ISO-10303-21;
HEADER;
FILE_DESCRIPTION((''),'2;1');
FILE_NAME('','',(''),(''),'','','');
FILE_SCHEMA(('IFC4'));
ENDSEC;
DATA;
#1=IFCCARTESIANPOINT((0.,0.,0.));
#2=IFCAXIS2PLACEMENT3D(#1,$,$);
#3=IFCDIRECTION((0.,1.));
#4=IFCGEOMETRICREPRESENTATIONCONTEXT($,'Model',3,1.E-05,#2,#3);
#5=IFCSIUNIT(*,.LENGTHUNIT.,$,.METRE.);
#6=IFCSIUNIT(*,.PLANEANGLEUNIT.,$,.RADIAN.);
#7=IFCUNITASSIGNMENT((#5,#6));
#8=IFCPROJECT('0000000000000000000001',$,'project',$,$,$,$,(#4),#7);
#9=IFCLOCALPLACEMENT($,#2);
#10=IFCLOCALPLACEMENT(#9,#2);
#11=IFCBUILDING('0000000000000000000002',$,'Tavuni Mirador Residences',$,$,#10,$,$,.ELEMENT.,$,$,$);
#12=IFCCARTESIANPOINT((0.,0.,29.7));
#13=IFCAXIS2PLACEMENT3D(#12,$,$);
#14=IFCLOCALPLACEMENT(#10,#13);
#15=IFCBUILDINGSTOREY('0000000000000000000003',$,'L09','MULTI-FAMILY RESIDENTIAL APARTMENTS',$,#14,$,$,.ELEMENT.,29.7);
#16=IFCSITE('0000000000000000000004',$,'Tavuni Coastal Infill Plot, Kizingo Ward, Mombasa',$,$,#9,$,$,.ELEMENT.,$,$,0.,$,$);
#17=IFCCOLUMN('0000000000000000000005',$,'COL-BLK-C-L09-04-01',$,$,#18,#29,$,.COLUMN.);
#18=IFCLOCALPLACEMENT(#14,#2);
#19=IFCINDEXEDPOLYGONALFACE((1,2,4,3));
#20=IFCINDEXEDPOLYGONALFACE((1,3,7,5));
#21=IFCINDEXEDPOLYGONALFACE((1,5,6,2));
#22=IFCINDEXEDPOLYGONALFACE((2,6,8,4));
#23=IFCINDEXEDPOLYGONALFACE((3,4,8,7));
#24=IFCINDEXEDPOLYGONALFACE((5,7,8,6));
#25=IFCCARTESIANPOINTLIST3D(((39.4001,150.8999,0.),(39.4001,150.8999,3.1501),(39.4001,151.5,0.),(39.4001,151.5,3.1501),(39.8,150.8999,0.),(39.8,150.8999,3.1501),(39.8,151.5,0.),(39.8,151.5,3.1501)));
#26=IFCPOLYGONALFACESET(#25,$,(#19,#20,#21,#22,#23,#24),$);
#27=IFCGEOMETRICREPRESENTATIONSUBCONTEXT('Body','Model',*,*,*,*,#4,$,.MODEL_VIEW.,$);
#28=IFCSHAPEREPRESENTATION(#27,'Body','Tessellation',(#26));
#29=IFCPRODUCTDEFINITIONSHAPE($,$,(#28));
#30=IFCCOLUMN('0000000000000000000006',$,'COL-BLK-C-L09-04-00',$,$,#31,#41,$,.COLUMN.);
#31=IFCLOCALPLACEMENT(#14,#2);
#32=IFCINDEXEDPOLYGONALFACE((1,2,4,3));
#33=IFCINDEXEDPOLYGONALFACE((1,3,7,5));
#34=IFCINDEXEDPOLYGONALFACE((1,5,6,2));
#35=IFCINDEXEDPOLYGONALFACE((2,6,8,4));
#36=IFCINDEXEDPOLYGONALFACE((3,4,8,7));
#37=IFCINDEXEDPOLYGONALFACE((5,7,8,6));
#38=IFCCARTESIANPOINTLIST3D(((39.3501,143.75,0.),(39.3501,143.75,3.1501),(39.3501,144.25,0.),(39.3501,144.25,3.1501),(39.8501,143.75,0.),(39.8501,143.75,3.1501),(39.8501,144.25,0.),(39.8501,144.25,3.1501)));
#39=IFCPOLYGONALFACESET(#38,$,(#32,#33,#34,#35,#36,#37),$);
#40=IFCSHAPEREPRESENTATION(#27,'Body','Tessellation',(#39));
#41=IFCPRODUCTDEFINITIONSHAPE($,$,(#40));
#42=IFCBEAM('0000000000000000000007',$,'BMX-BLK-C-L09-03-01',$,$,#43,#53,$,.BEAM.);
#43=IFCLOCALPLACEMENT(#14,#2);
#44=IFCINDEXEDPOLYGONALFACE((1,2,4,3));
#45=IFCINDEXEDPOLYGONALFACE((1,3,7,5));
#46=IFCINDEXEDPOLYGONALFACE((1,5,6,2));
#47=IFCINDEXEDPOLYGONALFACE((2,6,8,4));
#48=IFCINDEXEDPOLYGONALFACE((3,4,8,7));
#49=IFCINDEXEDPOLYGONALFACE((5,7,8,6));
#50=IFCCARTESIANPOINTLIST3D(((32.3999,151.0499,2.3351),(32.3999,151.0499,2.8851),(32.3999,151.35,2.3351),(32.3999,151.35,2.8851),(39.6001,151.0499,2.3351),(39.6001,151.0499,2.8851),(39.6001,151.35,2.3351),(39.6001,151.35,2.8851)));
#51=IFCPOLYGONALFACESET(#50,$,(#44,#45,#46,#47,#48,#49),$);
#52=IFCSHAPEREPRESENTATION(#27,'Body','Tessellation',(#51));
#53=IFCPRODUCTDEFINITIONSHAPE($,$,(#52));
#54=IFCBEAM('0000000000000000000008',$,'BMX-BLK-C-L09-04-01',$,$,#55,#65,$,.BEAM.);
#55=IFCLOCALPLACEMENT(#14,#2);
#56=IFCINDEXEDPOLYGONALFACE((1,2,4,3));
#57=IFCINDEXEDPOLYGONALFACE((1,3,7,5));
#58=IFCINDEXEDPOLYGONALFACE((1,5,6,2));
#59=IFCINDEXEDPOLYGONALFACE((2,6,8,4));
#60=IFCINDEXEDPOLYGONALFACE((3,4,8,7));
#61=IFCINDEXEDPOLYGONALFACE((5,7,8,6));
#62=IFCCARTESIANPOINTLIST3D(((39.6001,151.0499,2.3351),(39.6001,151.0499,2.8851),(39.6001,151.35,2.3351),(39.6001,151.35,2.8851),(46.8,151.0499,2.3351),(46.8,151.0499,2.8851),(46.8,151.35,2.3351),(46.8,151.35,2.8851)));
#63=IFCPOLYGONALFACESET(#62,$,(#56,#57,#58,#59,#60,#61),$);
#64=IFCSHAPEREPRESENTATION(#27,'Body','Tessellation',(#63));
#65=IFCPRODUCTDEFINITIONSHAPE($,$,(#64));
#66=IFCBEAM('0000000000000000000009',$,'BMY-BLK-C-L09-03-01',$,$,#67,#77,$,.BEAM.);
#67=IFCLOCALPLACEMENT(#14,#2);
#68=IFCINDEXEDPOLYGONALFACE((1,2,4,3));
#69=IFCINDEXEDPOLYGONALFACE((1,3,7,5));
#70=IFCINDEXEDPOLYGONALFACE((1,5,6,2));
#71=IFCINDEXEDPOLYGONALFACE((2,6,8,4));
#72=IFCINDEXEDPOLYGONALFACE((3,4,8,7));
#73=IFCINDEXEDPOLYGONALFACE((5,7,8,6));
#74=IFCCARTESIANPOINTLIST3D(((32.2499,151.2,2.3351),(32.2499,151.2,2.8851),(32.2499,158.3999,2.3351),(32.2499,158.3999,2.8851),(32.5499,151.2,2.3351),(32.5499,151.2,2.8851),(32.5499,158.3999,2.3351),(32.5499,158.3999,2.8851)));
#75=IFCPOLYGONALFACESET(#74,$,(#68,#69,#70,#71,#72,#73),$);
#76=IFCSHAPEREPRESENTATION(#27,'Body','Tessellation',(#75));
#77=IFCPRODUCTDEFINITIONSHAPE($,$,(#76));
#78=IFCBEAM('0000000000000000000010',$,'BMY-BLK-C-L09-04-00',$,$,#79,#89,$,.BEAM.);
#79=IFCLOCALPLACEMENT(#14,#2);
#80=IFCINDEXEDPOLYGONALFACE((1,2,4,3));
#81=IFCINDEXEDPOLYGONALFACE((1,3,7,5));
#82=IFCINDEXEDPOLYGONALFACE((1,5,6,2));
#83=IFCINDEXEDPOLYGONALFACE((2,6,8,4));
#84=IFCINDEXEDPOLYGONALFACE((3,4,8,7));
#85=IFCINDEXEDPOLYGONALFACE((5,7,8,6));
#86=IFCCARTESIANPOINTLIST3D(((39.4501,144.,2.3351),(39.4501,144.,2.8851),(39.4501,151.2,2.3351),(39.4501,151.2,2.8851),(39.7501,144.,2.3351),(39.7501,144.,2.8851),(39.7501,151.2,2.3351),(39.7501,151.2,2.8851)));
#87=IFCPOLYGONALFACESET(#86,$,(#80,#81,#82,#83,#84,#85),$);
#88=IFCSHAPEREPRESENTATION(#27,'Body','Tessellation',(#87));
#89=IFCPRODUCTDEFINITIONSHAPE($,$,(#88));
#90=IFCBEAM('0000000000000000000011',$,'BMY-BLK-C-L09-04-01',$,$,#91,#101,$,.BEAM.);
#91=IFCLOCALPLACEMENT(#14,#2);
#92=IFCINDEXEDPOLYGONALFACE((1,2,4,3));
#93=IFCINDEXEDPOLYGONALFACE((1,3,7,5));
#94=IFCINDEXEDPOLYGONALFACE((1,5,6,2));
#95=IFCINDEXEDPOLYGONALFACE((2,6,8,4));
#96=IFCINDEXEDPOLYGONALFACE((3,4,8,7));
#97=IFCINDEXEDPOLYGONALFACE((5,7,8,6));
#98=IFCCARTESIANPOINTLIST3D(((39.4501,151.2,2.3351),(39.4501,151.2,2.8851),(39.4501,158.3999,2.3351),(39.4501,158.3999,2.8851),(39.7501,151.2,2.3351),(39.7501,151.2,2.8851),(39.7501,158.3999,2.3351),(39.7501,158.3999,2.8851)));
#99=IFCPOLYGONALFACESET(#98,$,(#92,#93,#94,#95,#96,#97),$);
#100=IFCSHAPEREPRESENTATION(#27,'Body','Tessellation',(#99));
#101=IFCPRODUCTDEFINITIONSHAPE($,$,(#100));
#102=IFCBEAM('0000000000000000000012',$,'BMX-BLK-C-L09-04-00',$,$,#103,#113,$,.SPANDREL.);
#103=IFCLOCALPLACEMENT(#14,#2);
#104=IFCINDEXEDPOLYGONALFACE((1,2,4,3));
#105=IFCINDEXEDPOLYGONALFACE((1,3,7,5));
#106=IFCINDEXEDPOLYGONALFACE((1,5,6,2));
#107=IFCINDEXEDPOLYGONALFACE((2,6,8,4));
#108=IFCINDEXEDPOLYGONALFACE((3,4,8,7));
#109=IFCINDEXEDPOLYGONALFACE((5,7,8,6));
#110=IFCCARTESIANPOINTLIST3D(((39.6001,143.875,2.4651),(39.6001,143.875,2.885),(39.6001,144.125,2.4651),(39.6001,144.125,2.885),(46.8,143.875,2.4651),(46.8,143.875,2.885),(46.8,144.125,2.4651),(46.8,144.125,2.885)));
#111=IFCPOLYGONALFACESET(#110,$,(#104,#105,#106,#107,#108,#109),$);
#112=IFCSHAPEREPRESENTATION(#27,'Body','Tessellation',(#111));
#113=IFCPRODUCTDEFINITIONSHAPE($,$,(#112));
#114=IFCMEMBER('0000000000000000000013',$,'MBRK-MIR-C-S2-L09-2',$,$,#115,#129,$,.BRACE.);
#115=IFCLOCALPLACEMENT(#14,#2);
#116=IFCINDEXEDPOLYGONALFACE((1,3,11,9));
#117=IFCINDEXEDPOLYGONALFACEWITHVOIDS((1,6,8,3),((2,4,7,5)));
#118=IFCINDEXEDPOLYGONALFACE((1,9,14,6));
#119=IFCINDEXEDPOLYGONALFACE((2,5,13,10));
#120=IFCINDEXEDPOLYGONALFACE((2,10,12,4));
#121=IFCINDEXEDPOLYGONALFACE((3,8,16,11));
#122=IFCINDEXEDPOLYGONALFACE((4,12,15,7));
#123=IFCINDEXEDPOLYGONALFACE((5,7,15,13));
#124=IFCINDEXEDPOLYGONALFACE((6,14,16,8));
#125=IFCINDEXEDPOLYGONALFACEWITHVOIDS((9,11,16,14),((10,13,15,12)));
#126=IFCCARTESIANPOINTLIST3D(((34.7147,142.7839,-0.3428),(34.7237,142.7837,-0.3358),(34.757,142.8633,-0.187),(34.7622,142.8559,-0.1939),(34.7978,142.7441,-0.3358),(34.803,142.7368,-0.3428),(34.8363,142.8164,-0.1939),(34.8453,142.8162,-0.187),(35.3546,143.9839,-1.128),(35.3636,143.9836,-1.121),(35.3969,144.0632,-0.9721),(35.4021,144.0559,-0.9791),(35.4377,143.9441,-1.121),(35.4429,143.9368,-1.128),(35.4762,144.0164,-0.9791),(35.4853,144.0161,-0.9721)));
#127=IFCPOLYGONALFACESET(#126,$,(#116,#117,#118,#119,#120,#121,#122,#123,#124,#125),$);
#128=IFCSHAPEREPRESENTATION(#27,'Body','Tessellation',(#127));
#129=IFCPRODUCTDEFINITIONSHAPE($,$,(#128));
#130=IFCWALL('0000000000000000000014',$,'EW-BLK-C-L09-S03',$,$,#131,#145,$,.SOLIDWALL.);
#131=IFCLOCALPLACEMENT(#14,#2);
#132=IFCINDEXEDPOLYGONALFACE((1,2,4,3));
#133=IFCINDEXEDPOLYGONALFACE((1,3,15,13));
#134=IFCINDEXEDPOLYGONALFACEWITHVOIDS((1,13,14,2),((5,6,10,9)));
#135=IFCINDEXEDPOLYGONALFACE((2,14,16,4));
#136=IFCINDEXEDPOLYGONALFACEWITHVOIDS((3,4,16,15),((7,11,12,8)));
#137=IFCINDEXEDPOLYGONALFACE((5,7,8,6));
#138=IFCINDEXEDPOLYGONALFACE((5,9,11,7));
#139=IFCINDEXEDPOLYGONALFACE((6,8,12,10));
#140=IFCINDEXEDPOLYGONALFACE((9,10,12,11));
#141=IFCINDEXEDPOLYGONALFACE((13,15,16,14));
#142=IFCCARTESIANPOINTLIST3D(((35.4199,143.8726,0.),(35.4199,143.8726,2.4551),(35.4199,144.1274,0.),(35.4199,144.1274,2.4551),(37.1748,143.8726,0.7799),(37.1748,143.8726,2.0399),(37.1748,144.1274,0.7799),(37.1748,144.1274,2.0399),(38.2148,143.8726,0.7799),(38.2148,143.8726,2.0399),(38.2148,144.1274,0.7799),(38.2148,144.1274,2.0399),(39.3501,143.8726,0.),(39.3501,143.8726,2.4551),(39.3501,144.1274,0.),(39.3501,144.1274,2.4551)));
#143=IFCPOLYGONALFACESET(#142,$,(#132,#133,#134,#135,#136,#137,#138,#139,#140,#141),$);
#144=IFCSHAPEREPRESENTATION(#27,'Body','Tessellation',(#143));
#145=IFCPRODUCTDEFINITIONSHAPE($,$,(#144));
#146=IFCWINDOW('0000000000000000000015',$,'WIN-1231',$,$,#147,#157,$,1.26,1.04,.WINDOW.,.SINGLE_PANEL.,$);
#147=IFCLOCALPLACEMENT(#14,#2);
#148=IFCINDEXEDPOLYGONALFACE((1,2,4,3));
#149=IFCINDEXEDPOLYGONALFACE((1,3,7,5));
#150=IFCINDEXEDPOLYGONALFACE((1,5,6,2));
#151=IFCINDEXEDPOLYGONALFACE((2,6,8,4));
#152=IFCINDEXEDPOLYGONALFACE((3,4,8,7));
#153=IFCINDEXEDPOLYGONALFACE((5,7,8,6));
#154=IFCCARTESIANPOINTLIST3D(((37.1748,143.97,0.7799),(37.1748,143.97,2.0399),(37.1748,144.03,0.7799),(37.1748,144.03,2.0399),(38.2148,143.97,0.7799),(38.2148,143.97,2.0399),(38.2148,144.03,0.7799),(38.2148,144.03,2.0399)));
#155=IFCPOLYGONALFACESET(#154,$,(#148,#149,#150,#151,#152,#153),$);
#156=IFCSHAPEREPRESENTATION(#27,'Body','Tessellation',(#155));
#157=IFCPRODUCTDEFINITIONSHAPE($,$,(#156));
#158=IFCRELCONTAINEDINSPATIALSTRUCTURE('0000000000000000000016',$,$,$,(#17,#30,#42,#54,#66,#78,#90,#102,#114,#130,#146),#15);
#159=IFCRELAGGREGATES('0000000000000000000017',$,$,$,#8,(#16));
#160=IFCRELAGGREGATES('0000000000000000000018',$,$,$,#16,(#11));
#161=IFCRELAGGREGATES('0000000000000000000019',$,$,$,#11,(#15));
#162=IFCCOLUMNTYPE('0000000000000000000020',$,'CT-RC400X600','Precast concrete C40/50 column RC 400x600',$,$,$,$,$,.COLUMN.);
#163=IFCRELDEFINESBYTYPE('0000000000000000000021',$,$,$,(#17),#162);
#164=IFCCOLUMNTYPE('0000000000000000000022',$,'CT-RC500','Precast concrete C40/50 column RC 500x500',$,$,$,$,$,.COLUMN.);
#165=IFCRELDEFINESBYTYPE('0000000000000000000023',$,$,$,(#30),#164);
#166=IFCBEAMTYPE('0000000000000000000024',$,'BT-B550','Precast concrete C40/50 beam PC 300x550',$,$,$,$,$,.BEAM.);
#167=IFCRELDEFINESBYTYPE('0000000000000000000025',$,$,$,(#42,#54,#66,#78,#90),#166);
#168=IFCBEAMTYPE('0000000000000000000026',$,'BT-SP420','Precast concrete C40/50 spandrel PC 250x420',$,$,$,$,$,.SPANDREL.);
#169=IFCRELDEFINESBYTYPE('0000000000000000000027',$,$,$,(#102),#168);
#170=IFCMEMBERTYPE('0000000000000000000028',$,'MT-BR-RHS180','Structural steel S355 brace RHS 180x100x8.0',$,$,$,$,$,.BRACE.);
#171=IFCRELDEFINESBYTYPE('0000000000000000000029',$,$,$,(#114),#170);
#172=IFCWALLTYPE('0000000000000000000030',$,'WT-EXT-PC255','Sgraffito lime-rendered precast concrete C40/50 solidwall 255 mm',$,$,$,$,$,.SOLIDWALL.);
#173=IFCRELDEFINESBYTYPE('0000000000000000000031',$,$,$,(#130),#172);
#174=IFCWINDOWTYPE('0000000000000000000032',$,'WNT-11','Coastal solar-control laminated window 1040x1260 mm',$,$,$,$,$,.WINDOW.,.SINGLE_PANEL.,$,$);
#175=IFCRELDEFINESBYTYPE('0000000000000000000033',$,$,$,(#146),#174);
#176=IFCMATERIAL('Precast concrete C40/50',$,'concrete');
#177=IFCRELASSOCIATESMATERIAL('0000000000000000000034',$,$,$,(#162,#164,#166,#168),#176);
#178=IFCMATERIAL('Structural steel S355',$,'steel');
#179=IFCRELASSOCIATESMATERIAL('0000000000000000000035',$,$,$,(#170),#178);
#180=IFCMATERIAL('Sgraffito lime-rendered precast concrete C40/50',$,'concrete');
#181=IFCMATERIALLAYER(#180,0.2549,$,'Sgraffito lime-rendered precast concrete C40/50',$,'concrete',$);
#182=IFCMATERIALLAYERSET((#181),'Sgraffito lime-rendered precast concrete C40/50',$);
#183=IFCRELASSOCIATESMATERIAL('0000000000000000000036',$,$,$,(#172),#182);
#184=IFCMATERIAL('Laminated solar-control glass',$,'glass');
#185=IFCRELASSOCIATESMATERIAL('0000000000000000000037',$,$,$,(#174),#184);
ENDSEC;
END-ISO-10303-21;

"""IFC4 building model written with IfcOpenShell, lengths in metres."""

from ifc_helpers import new_model, si_unit, direction, frame, frame_2d, origin, origin_2d, place, context, subcontext, project, spatial, rectangle, hollow_rectangle, extrude, material, layer, layer_set, material_profile, profile_set, type_object, element, fill, save


model = new_model("IFC4")

# Units and contexts
model_context = context("Model", 3, precision=1e-05, world=origin(), true_north=direction((0.0, 1.0)))
body_context = subcontext(model_context, "Body", "Model", "MODEL_VIEW")
ifc_project = project(units=[si_unit("LENGTHUNIT", "METRE"), si_unit("PLANEANGLEUNIT", "RADIAN")], contexts=[model_context])

# Site, building, storey
site_placement = place(None, origin())
site = spatial("IfcSite", under=ifc_project, at=site_placement, Name="Tavuni Coastal Infill Plot, Kizingo Ward, Mombasa", CompositionType="ELEMENT", RefElevation=0.0)
building_placement = place(site_placement, origin())
building = spatial("IfcBuilding", under=site, at=building_placement, Name="Tavuni Mirador Residences", CompositionType="ELEMENT")
storey_placement = place(building_placement, frame((0.0, 0.0, 29.7)))
storey = spatial("IfcBuildingStorey", under=building, at=storey_placement, Name="L09", Description="MULTI-FAMILY RESIDENTIAL APARTMENTS", CompositionType="ELEMENT", Elevation=29.7)

# Columns
ifc_material_1 = material(Name="Precast concrete C40/50", Category="concrete")
ifc_material_profile_1 = material_profile(ifc_material_1, rectangle(XDim=0.3999, YDim=0.6001, at=origin_2d()), Name="RC 400x600", Category="concrete")
ifc_profile_set_1 = profile_set([ifc_material_profile_1], Name="Precast concrete C40/50")
column_type_1 = type_object("IfcColumnType", Name="CT-RC400X600", Description="Precast concrete C40/50 column RC 400x600", PredefinedType="COLUMN", material=ifc_profile_set_1)
column_1_placement = place(storey_placement, frame((39.6001, 151.2, 0.0), z_axis=(0.0, 0.0, 1.0), x_axis=(1.0, 0.0, 0.0)))
element("IfcColumn", 1, at=column_1_placement, inside=storey, type_object=column_type_1, Name="COL-BLK-C-L09-04-01", PredefinedType="COLUMN", context=body_context, shape_type="SweptSolid", body=[
    extrude(rectangle(XDim=0.3999, YDim=0.6001, at=origin_2d()), origin(), (0.0, 0.0, 1.0), 3.1501),
])
ifc_material_profile_2 = material_profile(ifc_material_1, rectangle(XDim=0.5, YDim=0.5, at=origin_2d()), Name="RC 500x500", Category="concrete")
ifc_profile_set_2 = profile_set([ifc_material_profile_2], Name="Precast concrete C40/50")
column_type_2 = type_object("IfcColumnType", Name="CT-RC500", Description="Precast concrete C40/50 column RC 500x500", PredefinedType="COLUMN", material=ifc_profile_set_2)
column_2_placement = place(storey_placement, frame((39.6001, 144.0, 0.0), z_axis=(0.0, 0.0, 1.0), x_axis=(1.0, 0.0, 0.0)))
element("IfcColumn", 2, at=column_2_placement, inside=storey, type_object=column_type_2, Name="COL-BLK-C-L09-04-00", PredefinedType="COLUMN", context=body_context, shape_type="SweptSolid", body=[
    extrude(rectangle(XDim=0.5, YDim=0.5, at=origin_2d()), origin(), (0.0, 0.0, 1.0), 3.1501),
])

# Beams
ifc_material_profile_3 = material_profile(ifc_material_1, rectangle(XDim=0.3, YDim=0.55, at=origin_2d()), Name="PC 300x550", Category="concrete")
ifc_profile_set_3 = profile_set([ifc_material_profile_3], Name="Precast concrete C40/50")
beam_type_1 = type_object("IfcBeamType", Name="BT-B550", Description="Precast concrete C40/50 beam PC 300x550", PredefinedType="BEAM", material=ifc_profile_set_3)
beam_1_placement = place(storey_placement, frame((32.3999, 151.2, 2.6101), z_axis=(1.0, 0.0, 0.0), x_axis=(0.0, 1.0, 0.0)))
element("IfcBeam", 3, at=beam_1_placement, inside=storey, type_object=beam_type_1, Name="BMX-BLK-C-L09-03-01", PredefinedType="BEAM", context=body_context, shape_type="SweptSolid", body=[
    extrude(rectangle(XDim=0.3, YDim=0.55, at=origin_2d()), origin(), (0.0, 0.0, 1.0), 7.2002),
])
for number, where, z_axis, x_axis, name in (
    (4, (39.6001, 151.2, 2.6101), (1.0, 0.0, 0.0), (0.0, 1.0, 0.0), "BMX-BLK-C-L09-04-01"),
    (5, (32.3999, 151.2, 2.6101), (0.0, 1.0, 0.0), (-1.0, 0.0, 0.0), "BMY-BLK-C-L09-03-01"),
    (6, (39.6001, 144.0, 2.6101), (0.0, 1.0, 0.0), (-1.0, 0.0, 0.0), "BMY-BLK-C-L09-04-00"),
    (7, (39.6001, 151.2, 2.6101), (0.0, 1.0, 0.0), (-1.0, 0.0, 0.0), "BMY-BLK-C-L09-04-01"),
):
    element("IfcBeam", number, at=place(storey_placement, frame(where, z_axis=z_axis, x_axis=x_axis)), inside=storey, type_object=beam_type_1, Name=name, PredefinedType="BEAM", context=body_context, shape_type="SweptSolid", body=[
        extrude(rectangle(XDim=0.3, YDim=0.55, at=origin_2d()), origin(), (0.0, 0.0, 1.0), 7.2),
    ])
ifc_material_profile_4 = material_profile(ifc_material_1, rectangle(XDim=0.25, YDim=0.4199, at=origin_2d()), Name="PC 250x420", Category="concrete")
ifc_profile_set_4 = profile_set([ifc_material_profile_4], Name="Precast concrete C40/50")
beam_type_2 = type_object("IfcBeamType", Name="BT-SP420", Description="Precast concrete C40/50 spandrel PC 250x420", PredefinedType="SPANDREL", material=ifc_profile_set_4)
beam_2_placement = place(storey_placement, frame((39.6001, 144.0, 2.675), z_axis=(1.0, 0.0, 0.0), x_axis=(0.0, 1.0, 0.0)))
element("IfcBeam", 8, at=beam_2_placement, inside=storey, type_object=beam_type_2, Name="BMX-BLK-C-L09-04-00", PredefinedType="SPANDREL", context=body_context, shape_type="SweptSolid", body=[
    extrude(rectangle(XDim=0.25, YDim=0.4199, at=origin_2d()), origin(), (0.0, 0.0, 1.0), 7.2),
])

# Member
ifc_material_2 = material(Name="Structural steel S355", Category="steel")
ifc_material_profile_5 = material_profile(ifc_material_2, hollow_rectangle(XDim=0.1001, YDim=0.1799, WallThickness=0.0081, at=origin_2d()), Name="RHS 180x100x8.0", Category="steel")
ifc_profile_set_5 = profile_set([ifc_material_profile_5], Name="Structural steel S355")
member_type = type_object("IfcMemberType", Name="MT-BR-RHS180", Description="Structural steel S355 brace RHS 180x100x8.0", PredefinedType="BRACE", material=ifc_profile_set_5)
member_placement = place(storey_placement, frame((35.4199, 144.0, -1.05), z_axis=(-0.407499, -0.764158, 0.500007), x_axis=(0.882378, -0.470542, 0.0)))
element("IfcMember", 9, at=member_placement, inside=storey, type_object=member_type, Name="MBRK-MIR-C-S2-L09-2", PredefinedType="BRACE", context=body_context, shape_type="SweptSolid", body=[
    extrude(hollow_rectangle(XDim=0.1001, YDim=0.1799, WallThickness=0.0081, at=origin_2d()), origin(), (0.0, 0.0, 1.0), 1.5703),
])

# Wall, opening, window
ifc_material_3 = material(Name="Sgraffito lime-rendered precast concrete C40/50", Category="concrete")
ifc_layer_1 = layer(ifc_material_3, 0.2549, Name="Sgraffito lime-rendered precast concrete C40/50", Category="concrete")
ifc_layer_set_1 = layer_set([ifc_layer_1], Name="Sgraffito lime-rendered precast concrete C40/50")
wall_type_1 = type_object("IfcWallType", Name="WT-EXT-PC255", Description="Sgraffito lime-rendered precast concrete C40/50 solidwall 255 mm", PredefinedType="SOLIDWALL", material=ifc_layer_set_1)
wall_1_placement = place(storey_placement, frame((35.4199, 144.0, 0.0), z_axis=(0.0, 0.0, 1.0), x_axis=(1.0, 0.0, 0.0)))
wall_1 = element("IfcWall", 10, at=wall_1_placement, inside=storey, type_object=wall_type_1, Name="EW-BLK-C-L09-S03", PredefinedType="SOLIDWALL", context=body_context, shape_type="SweptSolid", body=[
    extrude(rectangle(XDim=3.9302, YDim=0.2549, at=frame_2d((1.9651, 0.0))), origin(), (0.0, 0.0, 1.0), 2.4551),
])
opening_1_placement = place(wall_1_placement, frame((1.7549, 0.0, 0.78)))
opening_1 = element("IfcOpeningElement", 11, at=opening_1_placement, cuts=wall_1, PredefinedType="OPENING", context=body_context, shape_type="SweptSolid", body=[
    extrude(rectangle(XDim=1.04, YDim=1.26, at=frame_2d((0.52, 0.6299))), frame((0.0, 0.1375, 0.0), z_axis=(0.0, -1.0, 0.0), x_axis=(1.0, 0.0, 0.0)), (0.0, 0.0, 1.0), 0.2749),
])
ifc_material_4 = material(Name="Laminated solar-control glass", Category="glass")
window_type = type_object("IfcWindowType", Name="WNT-11", Description="Coastal solar-control laminated window 1040x1260 mm", PartitioningType="SINGLE_PANEL", PredefinedType="WINDOW", material=ifc_material_4)
window_placement = place(opening_1_placement, origin())
window = element("IfcWindow", 12, at=window_placement, inside=storey, type_object=window_type, Name="WIN-1231", OverallHeight=1.26, OverallWidth=1.04, PartitioningType="SINGLE_PANEL", PredefinedType="WINDOW", context=body_context, shape_type="SweptSolid", body=[
    extrude(rectangle(XDim=1.04, YDim=1.26, at=frame_2d((0.52, 0.6299))), frame((0.0, 0.03, 0.0), z_axis=(0.0, -1.0, 0.0), x_axis=(1.0, 0.0, 0.0)), (0.0, 0.0, 1.0), 0.0601),
])
fill(opening_1, window)

save(model, "model.ifc")
